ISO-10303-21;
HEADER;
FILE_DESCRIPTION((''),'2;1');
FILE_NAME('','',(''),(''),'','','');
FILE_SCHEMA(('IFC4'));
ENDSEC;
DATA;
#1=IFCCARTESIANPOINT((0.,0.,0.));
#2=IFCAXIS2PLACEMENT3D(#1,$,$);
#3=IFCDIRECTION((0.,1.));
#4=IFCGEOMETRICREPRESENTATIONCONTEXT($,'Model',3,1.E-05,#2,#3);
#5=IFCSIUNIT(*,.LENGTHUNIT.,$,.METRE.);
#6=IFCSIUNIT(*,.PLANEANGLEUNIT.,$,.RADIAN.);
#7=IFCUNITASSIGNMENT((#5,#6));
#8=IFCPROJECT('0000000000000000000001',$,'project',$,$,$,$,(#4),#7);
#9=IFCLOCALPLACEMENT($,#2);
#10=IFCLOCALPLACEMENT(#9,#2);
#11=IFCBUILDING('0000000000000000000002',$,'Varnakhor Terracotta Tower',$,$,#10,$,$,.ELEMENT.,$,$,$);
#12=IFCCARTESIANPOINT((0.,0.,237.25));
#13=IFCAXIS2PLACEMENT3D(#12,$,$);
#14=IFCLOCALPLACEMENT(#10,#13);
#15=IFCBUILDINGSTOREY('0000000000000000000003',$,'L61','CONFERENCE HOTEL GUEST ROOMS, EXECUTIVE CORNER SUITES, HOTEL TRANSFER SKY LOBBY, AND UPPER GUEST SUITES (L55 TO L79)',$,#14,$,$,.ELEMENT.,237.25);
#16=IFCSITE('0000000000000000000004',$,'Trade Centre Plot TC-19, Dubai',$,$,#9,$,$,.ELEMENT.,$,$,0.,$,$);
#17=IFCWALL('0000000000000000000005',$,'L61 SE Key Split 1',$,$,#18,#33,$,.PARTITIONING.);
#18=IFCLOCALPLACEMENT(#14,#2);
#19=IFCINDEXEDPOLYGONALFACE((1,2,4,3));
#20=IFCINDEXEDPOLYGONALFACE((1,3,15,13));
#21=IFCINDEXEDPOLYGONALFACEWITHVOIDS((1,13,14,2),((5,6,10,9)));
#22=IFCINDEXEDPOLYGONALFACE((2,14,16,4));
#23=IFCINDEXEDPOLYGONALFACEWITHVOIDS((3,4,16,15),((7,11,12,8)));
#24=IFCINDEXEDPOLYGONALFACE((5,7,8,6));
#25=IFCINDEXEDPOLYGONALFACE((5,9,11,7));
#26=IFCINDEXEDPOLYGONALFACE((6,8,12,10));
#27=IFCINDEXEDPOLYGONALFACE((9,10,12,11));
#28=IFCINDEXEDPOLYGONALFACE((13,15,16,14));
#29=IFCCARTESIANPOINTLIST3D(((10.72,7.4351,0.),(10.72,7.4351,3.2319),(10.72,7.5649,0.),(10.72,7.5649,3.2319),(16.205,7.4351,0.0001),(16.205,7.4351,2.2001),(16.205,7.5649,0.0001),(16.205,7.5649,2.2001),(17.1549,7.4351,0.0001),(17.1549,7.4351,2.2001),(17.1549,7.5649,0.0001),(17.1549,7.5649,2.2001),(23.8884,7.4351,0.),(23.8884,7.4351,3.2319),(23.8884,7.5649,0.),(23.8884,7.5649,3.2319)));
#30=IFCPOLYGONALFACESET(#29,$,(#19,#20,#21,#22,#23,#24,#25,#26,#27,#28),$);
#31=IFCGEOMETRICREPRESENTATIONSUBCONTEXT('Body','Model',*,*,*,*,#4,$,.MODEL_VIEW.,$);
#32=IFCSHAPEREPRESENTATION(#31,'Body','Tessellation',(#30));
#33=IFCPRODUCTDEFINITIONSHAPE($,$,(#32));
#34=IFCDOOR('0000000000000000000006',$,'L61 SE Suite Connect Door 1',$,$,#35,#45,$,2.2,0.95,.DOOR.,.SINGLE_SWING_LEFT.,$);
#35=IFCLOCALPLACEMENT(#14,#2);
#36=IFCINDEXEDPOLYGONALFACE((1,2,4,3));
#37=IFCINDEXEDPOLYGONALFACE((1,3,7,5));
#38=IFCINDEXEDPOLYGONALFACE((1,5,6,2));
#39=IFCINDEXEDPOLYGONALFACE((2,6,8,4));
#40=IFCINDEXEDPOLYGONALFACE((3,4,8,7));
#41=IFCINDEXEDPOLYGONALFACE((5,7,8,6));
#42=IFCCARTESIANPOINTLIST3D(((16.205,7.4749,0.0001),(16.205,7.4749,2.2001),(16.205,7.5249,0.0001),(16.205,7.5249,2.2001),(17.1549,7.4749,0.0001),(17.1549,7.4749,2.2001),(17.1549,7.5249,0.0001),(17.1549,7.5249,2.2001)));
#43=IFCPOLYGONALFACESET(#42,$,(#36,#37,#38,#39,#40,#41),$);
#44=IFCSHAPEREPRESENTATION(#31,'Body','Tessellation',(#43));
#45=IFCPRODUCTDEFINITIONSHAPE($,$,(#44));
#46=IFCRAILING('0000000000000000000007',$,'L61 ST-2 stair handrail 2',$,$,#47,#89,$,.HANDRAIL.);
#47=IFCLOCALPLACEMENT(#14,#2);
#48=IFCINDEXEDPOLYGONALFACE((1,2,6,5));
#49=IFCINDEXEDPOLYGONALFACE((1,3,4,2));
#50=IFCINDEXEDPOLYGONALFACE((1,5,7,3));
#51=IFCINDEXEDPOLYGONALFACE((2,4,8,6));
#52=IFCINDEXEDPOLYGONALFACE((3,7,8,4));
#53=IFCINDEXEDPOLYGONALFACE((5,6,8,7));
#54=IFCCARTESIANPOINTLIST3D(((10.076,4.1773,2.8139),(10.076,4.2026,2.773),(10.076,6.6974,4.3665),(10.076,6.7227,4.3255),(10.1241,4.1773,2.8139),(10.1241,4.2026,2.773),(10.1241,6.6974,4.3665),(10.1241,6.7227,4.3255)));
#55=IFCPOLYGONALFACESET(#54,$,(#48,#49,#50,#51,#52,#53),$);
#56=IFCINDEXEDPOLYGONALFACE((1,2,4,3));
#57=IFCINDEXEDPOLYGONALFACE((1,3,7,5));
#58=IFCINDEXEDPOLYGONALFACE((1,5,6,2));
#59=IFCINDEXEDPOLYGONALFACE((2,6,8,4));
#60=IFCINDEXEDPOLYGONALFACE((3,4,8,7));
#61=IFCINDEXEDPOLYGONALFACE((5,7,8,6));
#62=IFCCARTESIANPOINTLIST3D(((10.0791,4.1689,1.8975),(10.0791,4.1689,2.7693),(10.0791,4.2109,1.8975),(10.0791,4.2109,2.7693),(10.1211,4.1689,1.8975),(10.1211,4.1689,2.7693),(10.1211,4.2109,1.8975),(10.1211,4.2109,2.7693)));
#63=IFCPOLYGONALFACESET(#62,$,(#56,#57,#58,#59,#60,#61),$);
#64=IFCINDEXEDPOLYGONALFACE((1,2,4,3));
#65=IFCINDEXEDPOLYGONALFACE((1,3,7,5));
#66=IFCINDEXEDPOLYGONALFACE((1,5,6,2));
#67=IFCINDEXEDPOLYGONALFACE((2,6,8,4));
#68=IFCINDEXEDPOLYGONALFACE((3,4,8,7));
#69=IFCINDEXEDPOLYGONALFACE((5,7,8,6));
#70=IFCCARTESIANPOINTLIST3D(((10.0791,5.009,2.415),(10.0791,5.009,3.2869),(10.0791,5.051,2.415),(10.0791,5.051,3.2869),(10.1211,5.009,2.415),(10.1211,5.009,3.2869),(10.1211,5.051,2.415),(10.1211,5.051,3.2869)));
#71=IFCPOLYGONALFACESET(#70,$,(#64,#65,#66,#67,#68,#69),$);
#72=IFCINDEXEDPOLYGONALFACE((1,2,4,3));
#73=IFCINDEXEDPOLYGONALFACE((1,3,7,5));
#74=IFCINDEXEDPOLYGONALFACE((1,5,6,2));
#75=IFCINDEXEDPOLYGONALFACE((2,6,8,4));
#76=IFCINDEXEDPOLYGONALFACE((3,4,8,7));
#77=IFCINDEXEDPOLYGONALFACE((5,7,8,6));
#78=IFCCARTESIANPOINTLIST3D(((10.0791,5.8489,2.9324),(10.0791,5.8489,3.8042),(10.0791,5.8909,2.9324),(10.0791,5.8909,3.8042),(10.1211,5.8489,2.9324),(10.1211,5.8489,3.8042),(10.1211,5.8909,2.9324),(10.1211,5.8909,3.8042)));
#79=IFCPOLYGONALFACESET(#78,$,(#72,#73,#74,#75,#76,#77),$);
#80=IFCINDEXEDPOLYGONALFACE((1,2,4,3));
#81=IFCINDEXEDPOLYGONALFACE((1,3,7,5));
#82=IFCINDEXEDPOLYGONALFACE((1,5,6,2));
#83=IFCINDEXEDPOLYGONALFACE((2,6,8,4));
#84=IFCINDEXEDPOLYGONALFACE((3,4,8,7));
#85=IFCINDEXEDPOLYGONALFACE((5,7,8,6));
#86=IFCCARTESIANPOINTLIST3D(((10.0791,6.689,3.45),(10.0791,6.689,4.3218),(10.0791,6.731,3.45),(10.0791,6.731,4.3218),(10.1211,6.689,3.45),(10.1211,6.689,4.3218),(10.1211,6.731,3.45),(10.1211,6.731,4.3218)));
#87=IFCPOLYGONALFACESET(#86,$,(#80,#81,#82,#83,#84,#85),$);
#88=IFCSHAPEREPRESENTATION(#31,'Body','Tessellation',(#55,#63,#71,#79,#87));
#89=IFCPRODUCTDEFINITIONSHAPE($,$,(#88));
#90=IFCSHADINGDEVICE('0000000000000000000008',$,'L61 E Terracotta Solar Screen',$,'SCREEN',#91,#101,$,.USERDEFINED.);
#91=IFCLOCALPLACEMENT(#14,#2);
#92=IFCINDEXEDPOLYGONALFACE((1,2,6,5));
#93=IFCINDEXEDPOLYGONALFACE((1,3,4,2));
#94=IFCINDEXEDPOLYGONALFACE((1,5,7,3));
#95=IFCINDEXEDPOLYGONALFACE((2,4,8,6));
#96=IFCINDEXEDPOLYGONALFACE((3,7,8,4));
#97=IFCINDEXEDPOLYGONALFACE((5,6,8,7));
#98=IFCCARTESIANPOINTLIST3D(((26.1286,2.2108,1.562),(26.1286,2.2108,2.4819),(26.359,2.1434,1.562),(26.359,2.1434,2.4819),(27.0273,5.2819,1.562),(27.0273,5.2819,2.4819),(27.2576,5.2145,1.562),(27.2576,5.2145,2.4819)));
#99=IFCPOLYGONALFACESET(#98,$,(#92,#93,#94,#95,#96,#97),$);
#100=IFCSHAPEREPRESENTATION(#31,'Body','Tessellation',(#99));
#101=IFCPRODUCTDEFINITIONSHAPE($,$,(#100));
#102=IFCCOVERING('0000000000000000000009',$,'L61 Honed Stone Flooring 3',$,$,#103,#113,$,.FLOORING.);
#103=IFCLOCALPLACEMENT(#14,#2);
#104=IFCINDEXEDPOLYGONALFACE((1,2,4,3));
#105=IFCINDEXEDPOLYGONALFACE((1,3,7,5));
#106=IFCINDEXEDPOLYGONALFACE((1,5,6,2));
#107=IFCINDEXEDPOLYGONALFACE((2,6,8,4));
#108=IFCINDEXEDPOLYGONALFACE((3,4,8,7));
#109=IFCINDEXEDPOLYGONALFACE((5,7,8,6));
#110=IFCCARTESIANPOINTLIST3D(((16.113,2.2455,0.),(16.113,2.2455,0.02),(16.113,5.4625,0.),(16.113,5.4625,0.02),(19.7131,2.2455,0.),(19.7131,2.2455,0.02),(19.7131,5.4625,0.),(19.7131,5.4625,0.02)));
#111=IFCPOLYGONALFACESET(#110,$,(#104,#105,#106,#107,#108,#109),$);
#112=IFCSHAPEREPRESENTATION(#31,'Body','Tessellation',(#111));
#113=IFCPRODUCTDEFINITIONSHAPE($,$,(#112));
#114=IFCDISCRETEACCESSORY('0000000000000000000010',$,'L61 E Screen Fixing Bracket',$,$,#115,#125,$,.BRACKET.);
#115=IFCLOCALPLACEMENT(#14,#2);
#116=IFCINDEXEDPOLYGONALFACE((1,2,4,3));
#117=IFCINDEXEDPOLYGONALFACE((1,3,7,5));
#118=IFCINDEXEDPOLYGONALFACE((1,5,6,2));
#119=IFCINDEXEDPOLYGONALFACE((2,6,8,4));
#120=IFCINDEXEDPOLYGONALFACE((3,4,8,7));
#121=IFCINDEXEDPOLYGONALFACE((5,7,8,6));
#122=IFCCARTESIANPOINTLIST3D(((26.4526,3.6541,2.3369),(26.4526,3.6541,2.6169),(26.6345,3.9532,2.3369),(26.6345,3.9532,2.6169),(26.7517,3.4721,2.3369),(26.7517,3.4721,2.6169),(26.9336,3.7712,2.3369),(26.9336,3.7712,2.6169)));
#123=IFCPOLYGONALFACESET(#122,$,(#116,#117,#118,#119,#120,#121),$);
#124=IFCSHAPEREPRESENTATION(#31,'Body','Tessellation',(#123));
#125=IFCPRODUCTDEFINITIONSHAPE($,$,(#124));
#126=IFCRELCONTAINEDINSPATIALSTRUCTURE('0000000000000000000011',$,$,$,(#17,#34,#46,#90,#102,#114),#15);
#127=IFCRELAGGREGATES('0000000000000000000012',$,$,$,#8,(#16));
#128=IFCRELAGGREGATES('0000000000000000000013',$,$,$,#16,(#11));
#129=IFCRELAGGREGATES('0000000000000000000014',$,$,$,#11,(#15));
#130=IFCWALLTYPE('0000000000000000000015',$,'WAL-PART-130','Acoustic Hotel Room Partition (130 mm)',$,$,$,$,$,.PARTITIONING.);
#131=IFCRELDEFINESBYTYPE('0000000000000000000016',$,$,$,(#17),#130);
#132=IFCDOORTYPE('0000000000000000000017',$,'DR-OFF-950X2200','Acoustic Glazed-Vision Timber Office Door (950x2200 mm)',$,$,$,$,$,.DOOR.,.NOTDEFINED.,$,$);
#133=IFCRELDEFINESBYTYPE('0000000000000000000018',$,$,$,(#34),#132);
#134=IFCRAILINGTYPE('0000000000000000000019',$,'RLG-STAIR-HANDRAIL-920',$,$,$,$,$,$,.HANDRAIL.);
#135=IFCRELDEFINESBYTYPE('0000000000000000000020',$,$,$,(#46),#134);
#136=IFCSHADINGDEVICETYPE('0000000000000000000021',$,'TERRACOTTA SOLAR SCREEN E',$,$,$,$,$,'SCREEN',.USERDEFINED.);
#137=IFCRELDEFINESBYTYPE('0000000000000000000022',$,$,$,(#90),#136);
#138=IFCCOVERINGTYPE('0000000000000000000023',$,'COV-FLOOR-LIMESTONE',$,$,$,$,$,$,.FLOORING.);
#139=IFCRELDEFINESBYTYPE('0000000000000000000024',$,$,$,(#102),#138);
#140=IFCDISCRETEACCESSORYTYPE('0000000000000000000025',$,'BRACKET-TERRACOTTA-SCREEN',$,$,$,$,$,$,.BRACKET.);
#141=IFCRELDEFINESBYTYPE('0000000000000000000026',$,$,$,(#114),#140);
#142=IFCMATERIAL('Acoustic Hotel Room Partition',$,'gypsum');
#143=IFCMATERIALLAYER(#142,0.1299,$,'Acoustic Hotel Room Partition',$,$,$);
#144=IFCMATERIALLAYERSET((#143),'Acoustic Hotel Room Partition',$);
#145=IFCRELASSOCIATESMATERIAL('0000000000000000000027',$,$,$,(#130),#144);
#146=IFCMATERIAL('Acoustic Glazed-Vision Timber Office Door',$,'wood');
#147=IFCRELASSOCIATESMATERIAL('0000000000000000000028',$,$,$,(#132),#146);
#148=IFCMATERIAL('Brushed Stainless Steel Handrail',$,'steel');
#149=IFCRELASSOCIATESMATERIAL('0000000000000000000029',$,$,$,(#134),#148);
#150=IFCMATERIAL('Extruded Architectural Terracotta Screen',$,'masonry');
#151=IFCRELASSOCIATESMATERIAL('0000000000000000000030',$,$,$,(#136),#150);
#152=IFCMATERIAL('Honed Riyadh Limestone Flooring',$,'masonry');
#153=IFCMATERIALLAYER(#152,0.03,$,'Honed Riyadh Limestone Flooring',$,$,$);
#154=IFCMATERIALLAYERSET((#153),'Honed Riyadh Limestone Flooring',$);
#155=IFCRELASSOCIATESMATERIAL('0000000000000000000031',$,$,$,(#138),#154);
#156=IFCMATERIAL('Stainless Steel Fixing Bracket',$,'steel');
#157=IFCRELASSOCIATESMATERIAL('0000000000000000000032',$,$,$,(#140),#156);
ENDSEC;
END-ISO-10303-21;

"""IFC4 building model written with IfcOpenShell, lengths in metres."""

from ifc_helpers import new_model, si_unit, direction, frame, frame_2d, origin, origin_2d, place, context, subcontext, project, spatial, rectangle, extrude, source, transform, mapped, material, layer, layer_set, type_object, type_shapes, element, fill, save


model = new_model("IFC4")

# Units and contexts
model_context = context("Model", 3, precision=1e-05, world=origin(), true_north=direction((0.0, 1.0)))
body_context = subcontext(model_context, "Body", "Model", "MODEL_VIEW")
ifc_project = project(units=[si_unit("LENGTHUNIT", "METRE"), si_unit("PLANEANGLEUNIT", "RADIAN")], contexts=[model_context])

# Site, building, storey
site_placement = place(None, origin())
site = spatial("IfcSite", under=ifc_project, at=site_placement, Name="Trade Centre Plot TC-19, Dubai", CompositionType="ELEMENT", RefElevation=0.0)
building_placement = place(site_placement, origin())
building = spatial("IfcBuilding", under=site, at=building_placement, Name="Varnakhor Terracotta Tower", CompositionType="ELEMENT")
storey_placement = place(building_placement, frame((0.0, 0.0, 237.25)))
storey = spatial("IfcBuildingStorey", under=building, at=storey_placement, Name="L61", Description="CONFERENCE HOTEL GUEST ROOMS, EXECUTIVE CORNER SUITES, HOTEL TRANSFER SKY LOBBY, AND UPPER GUEST SUITES (L55 TO L79)", CompositionType="ELEMENT", Elevation=237.25)

# Wall, opening, door
ifc_material_1 = material(Name="Acoustic Hotel Room Partition", Category="gypsum")
ifc_layer_1 = layer(ifc_material_1, 0.1299, Name="Acoustic Hotel Room Partition")
ifc_layer_set_1 = layer_set([ifc_layer_1], Name="Acoustic Hotel Room Partition")
wall_type_1 = type_object("IfcWallType", Name="WAL-PART-130", Description="Acoustic Hotel Room Partition (130 mm)", PredefinedType="PARTITIONING", material=ifc_layer_set_1)
wall_1_placement = place(storey_placement, frame((10.72, 7.5, 0.0), z_axis=(0.0, 0.0, 1.0), x_axis=(1.0, 0.0, 0.0)))
wall_1 = element("IfcWall", 1, at=wall_1_placement, inside=storey, type_object=wall_type_1, Name="L61 SE Key Split 1", PredefinedType="PARTITIONING", context=body_context, shape_type="SweptSolid", body=[
    extrude(rectangle(XDim=13.1685, YDim=0.1299, at=frame_2d((6.5842, 0.0))), origin(), (0.0, 0.0, 1.0), 3.2319),
])
opening_placement = place(wall_1_placement, frame((5.4849, 0.0, 0.0)))
opening = element("IfcOpeningElement", 2, at=opening_placement, cuts=wall_1, PredefinedType="OPENING", context=body_context, shape_type="SweptSolid", body=[
    extrude(rectangle(XDim=0.95, YDim=2.2, at=frame_2d((0.4751, 1.1001))), frame((0.0, 0.075, 0.0), z_axis=(0.0, -1.0, 0.0), x_axis=(1.0, 0.0, 0.0)), (0.0, 0.0, 1.0), 0.1499),
])
ifc_material_2 = material(Name="Acoustic Glazed-Vision Timber Office Door", Category="wood")
door_type = type_object("IfcDoorType", Name="DR-OFF-950X2200", Description="Acoustic Glazed-Vision Timber Office Door (950x2200 mm)", OperationType="NOTDEFINED", PredefinedType="DOOR", material=ifc_material_2)
shared_shape_1 = source(origin(), body_context, "Body", "SweptSolid", [
    extrude(rectangle(XDim=0.95, YDim=2.2, at=frame_2d((0.4751, 1.1001))), frame((0.0, 0.0249, 0.0), z_axis=(0.0, -1.0, 0.0), x_axis=(1.0, 0.0, 0.0)), (0.0, 0.0, 1.0), 0.05),
])
type_shapes(door_type, [shared_shape_1])
door_placement = place(opening_placement, origin())
door = element("IfcDoor", 3, at=door_placement, inside=storey, type_object=door_type, Name="L61 SE Suite Connect Door 1", OperationType="SINGLE_SWING_LEFT", OverallHeight=2.2, OverallWidth=0.95, PredefinedType="DOOR", context=body_context, shape_type="MappedRepresentation", body=[
    mapped(shared_shape_1, transform((0.0, 0.0, 0.0), scale=1.0)),
])
fill(opening, door)

# Railing
ifc_material_3 = material(Name="Brushed Stainless Steel Handrail", Category="steel")
railing_type = type_object("IfcRailingType", Name="RLG-STAIR-HANDRAIL-920", PredefinedType="HANDRAIL", material=ifc_material_3)
railing_placement = place(storey_placement, frame((10.1001, 4.1899, 1.8975)))
element("IfcRailing", 4, at=railing_placement, inside=storey, type_object=railing_type, Name="L61 ST-2 stair handrail 2", PredefinedType="HANDRAIL", context=body_context, shape_type="SweptSolid", body=[
    extrude(rectangle(XDim=0.0481, YDim=0.0481, at=origin_2d()), frame((0.0, 0.0, 0.896), z_axis=(0.0, 0.8514, 0.524516), x_axis=(-1.0, 0.0, 0.0)), (0.0, 0.0, 1.0), 2.96),
    extrude(rectangle(XDim=0.042, YDim=0.042, at=origin_2d()), origin(), (0.0, 0.0, 1.0), 0.8718),
    extrude(rectangle(XDim=0.042, YDim=0.042, at=origin_2d()), frame((0.0, 0.8401, 0.5176)), (0.0, 0.0, 1.0), 0.8718),
    extrude(rectangle(XDim=0.042, YDim=0.042, at=origin_2d()), frame((0.0, 1.6799, 1.0349)), (0.0, 0.0, 1.0), 0.8718),
    extrude(rectangle(XDim=0.042, YDim=0.042, at=origin_2d()), frame((0.0, 2.52, 1.5525)), (0.0, 0.0, 1.0), 0.8718),
])

# Shading device
ifc_material_4 = material(Name="Extruded Architectural Terracotta Screen", Category="masonry")
shading_device_type = type_object("IfcShadingDeviceType", Name="TERRACOTTA SOLAR SCREEN E", ElementType="SCREEN", PredefinedType="USERDEFINED", material=ifc_material_4)
shared_shape_2 = source(origin(), body_context, "Body", "SweptSolid", [
    extrude(rectangle(XDim=3.2, YDim=0.24, at=origin_2d()), origin(), (0.0, 0.0, 1.0), 0.9199),
])
type_shapes(shading_device_type, [shared_shape_2])
shading_device_placement = place(storey_placement, frame((26.6931, 3.7126, 1.562), z_axis=(0.0, 0.0, 1.0), x_axis=(0.280834, 0.959756, 0.0)))
element("IfcShadingDevice", 5, at=shading_device_placement, inside=storey, type_object=shading_device_type, Name="L61 E Terracotta Solar Screen", ObjectType="SCREEN", PredefinedType="USERDEFINED", context=body_context, shape_type="MappedRepresentation", body=[
    mapped(shared_shape_2, transform((0.0, 0.0, 0.0), scale=1.0)),
])

# Covering
ifc_material_5 = material(Name="Honed Riyadh Limestone Flooring", Category="masonry")
ifc_layer_2 = layer(ifc_material_5, 0.03, Name="Honed Riyadh Limestone Flooring")
ifc_layer_set_2 = layer_set([ifc_layer_2], Name="Honed Riyadh Limestone Flooring")
covering_type = type_object("IfcCoveringType", Name="COV-FLOOR-LIMESTONE", PredefinedType="FLOORING", material=ifc_layer_set_2)
shared_shape_3 = source(origin(), body_context, "Body", "SweptSolid", [
    extrude(rectangle(XDim=3.6001, YDim=3.217, at=origin_2d()), origin(), (0.0, 0.0, 1.0), 0.02),
])
covering_placement = place(storey_placement, frame((17.9131, 3.854, 0.0), z_axis=(0.0, 0.0, 1.0), x_axis=(1.0, 0.0, 0.0)))
element("IfcCovering", 6, at=covering_placement, inside=storey, type_object=covering_type, Name="L61 Honed Stone Flooring 3", PredefinedType="FLOORING", context=body_context, shape_type="MappedRepresentation", body=[
    mapped(shared_shape_3, transform((0.0, 0.0, 0.0), scale=1.0)),
])

# Discrete accessory
ifc_material_6 = material(Name="Stainless Steel Fixing Bracket", Category="steel")
discrete_accessory_type = type_object("IfcDiscreteAccessoryType", Name="BRACKET-TERRACOTTA-SCREEN", PredefinedType="BRACKET", material=ifc_material_6)
shared_shape_4 = source(origin(), body_context, "Body", "SweptSolid", [
    extrude(rectangle(XDim=0.3501, YDim=0.3501, at=origin_2d()), origin(), (0.0, 0.0, 1.0), 0.28),
])
type_shapes(discrete_accessory_type, [shared_shape_4])
discrete_accessory_placement = place(storey_placement, frame((26.6931, 3.7126, 2.3369), z_axis=(0.0, 0.0, 1.0), x_axis=(0.519668, 0.854368, 0.0)))
element("IfcDiscreteAccessory", 7, at=discrete_accessory_placement, inside=storey, type_object=discrete_accessory_type, Name="L61 E Screen Fixing Bracket", PredefinedType="BRACKET", context=body_context, shape_type="MappedRepresentation", body=[
    mapped(shared_shape_4, transform((0.0, 0.0, 0.0), scale=1.0)),
])

save(model, "model.ifc")
